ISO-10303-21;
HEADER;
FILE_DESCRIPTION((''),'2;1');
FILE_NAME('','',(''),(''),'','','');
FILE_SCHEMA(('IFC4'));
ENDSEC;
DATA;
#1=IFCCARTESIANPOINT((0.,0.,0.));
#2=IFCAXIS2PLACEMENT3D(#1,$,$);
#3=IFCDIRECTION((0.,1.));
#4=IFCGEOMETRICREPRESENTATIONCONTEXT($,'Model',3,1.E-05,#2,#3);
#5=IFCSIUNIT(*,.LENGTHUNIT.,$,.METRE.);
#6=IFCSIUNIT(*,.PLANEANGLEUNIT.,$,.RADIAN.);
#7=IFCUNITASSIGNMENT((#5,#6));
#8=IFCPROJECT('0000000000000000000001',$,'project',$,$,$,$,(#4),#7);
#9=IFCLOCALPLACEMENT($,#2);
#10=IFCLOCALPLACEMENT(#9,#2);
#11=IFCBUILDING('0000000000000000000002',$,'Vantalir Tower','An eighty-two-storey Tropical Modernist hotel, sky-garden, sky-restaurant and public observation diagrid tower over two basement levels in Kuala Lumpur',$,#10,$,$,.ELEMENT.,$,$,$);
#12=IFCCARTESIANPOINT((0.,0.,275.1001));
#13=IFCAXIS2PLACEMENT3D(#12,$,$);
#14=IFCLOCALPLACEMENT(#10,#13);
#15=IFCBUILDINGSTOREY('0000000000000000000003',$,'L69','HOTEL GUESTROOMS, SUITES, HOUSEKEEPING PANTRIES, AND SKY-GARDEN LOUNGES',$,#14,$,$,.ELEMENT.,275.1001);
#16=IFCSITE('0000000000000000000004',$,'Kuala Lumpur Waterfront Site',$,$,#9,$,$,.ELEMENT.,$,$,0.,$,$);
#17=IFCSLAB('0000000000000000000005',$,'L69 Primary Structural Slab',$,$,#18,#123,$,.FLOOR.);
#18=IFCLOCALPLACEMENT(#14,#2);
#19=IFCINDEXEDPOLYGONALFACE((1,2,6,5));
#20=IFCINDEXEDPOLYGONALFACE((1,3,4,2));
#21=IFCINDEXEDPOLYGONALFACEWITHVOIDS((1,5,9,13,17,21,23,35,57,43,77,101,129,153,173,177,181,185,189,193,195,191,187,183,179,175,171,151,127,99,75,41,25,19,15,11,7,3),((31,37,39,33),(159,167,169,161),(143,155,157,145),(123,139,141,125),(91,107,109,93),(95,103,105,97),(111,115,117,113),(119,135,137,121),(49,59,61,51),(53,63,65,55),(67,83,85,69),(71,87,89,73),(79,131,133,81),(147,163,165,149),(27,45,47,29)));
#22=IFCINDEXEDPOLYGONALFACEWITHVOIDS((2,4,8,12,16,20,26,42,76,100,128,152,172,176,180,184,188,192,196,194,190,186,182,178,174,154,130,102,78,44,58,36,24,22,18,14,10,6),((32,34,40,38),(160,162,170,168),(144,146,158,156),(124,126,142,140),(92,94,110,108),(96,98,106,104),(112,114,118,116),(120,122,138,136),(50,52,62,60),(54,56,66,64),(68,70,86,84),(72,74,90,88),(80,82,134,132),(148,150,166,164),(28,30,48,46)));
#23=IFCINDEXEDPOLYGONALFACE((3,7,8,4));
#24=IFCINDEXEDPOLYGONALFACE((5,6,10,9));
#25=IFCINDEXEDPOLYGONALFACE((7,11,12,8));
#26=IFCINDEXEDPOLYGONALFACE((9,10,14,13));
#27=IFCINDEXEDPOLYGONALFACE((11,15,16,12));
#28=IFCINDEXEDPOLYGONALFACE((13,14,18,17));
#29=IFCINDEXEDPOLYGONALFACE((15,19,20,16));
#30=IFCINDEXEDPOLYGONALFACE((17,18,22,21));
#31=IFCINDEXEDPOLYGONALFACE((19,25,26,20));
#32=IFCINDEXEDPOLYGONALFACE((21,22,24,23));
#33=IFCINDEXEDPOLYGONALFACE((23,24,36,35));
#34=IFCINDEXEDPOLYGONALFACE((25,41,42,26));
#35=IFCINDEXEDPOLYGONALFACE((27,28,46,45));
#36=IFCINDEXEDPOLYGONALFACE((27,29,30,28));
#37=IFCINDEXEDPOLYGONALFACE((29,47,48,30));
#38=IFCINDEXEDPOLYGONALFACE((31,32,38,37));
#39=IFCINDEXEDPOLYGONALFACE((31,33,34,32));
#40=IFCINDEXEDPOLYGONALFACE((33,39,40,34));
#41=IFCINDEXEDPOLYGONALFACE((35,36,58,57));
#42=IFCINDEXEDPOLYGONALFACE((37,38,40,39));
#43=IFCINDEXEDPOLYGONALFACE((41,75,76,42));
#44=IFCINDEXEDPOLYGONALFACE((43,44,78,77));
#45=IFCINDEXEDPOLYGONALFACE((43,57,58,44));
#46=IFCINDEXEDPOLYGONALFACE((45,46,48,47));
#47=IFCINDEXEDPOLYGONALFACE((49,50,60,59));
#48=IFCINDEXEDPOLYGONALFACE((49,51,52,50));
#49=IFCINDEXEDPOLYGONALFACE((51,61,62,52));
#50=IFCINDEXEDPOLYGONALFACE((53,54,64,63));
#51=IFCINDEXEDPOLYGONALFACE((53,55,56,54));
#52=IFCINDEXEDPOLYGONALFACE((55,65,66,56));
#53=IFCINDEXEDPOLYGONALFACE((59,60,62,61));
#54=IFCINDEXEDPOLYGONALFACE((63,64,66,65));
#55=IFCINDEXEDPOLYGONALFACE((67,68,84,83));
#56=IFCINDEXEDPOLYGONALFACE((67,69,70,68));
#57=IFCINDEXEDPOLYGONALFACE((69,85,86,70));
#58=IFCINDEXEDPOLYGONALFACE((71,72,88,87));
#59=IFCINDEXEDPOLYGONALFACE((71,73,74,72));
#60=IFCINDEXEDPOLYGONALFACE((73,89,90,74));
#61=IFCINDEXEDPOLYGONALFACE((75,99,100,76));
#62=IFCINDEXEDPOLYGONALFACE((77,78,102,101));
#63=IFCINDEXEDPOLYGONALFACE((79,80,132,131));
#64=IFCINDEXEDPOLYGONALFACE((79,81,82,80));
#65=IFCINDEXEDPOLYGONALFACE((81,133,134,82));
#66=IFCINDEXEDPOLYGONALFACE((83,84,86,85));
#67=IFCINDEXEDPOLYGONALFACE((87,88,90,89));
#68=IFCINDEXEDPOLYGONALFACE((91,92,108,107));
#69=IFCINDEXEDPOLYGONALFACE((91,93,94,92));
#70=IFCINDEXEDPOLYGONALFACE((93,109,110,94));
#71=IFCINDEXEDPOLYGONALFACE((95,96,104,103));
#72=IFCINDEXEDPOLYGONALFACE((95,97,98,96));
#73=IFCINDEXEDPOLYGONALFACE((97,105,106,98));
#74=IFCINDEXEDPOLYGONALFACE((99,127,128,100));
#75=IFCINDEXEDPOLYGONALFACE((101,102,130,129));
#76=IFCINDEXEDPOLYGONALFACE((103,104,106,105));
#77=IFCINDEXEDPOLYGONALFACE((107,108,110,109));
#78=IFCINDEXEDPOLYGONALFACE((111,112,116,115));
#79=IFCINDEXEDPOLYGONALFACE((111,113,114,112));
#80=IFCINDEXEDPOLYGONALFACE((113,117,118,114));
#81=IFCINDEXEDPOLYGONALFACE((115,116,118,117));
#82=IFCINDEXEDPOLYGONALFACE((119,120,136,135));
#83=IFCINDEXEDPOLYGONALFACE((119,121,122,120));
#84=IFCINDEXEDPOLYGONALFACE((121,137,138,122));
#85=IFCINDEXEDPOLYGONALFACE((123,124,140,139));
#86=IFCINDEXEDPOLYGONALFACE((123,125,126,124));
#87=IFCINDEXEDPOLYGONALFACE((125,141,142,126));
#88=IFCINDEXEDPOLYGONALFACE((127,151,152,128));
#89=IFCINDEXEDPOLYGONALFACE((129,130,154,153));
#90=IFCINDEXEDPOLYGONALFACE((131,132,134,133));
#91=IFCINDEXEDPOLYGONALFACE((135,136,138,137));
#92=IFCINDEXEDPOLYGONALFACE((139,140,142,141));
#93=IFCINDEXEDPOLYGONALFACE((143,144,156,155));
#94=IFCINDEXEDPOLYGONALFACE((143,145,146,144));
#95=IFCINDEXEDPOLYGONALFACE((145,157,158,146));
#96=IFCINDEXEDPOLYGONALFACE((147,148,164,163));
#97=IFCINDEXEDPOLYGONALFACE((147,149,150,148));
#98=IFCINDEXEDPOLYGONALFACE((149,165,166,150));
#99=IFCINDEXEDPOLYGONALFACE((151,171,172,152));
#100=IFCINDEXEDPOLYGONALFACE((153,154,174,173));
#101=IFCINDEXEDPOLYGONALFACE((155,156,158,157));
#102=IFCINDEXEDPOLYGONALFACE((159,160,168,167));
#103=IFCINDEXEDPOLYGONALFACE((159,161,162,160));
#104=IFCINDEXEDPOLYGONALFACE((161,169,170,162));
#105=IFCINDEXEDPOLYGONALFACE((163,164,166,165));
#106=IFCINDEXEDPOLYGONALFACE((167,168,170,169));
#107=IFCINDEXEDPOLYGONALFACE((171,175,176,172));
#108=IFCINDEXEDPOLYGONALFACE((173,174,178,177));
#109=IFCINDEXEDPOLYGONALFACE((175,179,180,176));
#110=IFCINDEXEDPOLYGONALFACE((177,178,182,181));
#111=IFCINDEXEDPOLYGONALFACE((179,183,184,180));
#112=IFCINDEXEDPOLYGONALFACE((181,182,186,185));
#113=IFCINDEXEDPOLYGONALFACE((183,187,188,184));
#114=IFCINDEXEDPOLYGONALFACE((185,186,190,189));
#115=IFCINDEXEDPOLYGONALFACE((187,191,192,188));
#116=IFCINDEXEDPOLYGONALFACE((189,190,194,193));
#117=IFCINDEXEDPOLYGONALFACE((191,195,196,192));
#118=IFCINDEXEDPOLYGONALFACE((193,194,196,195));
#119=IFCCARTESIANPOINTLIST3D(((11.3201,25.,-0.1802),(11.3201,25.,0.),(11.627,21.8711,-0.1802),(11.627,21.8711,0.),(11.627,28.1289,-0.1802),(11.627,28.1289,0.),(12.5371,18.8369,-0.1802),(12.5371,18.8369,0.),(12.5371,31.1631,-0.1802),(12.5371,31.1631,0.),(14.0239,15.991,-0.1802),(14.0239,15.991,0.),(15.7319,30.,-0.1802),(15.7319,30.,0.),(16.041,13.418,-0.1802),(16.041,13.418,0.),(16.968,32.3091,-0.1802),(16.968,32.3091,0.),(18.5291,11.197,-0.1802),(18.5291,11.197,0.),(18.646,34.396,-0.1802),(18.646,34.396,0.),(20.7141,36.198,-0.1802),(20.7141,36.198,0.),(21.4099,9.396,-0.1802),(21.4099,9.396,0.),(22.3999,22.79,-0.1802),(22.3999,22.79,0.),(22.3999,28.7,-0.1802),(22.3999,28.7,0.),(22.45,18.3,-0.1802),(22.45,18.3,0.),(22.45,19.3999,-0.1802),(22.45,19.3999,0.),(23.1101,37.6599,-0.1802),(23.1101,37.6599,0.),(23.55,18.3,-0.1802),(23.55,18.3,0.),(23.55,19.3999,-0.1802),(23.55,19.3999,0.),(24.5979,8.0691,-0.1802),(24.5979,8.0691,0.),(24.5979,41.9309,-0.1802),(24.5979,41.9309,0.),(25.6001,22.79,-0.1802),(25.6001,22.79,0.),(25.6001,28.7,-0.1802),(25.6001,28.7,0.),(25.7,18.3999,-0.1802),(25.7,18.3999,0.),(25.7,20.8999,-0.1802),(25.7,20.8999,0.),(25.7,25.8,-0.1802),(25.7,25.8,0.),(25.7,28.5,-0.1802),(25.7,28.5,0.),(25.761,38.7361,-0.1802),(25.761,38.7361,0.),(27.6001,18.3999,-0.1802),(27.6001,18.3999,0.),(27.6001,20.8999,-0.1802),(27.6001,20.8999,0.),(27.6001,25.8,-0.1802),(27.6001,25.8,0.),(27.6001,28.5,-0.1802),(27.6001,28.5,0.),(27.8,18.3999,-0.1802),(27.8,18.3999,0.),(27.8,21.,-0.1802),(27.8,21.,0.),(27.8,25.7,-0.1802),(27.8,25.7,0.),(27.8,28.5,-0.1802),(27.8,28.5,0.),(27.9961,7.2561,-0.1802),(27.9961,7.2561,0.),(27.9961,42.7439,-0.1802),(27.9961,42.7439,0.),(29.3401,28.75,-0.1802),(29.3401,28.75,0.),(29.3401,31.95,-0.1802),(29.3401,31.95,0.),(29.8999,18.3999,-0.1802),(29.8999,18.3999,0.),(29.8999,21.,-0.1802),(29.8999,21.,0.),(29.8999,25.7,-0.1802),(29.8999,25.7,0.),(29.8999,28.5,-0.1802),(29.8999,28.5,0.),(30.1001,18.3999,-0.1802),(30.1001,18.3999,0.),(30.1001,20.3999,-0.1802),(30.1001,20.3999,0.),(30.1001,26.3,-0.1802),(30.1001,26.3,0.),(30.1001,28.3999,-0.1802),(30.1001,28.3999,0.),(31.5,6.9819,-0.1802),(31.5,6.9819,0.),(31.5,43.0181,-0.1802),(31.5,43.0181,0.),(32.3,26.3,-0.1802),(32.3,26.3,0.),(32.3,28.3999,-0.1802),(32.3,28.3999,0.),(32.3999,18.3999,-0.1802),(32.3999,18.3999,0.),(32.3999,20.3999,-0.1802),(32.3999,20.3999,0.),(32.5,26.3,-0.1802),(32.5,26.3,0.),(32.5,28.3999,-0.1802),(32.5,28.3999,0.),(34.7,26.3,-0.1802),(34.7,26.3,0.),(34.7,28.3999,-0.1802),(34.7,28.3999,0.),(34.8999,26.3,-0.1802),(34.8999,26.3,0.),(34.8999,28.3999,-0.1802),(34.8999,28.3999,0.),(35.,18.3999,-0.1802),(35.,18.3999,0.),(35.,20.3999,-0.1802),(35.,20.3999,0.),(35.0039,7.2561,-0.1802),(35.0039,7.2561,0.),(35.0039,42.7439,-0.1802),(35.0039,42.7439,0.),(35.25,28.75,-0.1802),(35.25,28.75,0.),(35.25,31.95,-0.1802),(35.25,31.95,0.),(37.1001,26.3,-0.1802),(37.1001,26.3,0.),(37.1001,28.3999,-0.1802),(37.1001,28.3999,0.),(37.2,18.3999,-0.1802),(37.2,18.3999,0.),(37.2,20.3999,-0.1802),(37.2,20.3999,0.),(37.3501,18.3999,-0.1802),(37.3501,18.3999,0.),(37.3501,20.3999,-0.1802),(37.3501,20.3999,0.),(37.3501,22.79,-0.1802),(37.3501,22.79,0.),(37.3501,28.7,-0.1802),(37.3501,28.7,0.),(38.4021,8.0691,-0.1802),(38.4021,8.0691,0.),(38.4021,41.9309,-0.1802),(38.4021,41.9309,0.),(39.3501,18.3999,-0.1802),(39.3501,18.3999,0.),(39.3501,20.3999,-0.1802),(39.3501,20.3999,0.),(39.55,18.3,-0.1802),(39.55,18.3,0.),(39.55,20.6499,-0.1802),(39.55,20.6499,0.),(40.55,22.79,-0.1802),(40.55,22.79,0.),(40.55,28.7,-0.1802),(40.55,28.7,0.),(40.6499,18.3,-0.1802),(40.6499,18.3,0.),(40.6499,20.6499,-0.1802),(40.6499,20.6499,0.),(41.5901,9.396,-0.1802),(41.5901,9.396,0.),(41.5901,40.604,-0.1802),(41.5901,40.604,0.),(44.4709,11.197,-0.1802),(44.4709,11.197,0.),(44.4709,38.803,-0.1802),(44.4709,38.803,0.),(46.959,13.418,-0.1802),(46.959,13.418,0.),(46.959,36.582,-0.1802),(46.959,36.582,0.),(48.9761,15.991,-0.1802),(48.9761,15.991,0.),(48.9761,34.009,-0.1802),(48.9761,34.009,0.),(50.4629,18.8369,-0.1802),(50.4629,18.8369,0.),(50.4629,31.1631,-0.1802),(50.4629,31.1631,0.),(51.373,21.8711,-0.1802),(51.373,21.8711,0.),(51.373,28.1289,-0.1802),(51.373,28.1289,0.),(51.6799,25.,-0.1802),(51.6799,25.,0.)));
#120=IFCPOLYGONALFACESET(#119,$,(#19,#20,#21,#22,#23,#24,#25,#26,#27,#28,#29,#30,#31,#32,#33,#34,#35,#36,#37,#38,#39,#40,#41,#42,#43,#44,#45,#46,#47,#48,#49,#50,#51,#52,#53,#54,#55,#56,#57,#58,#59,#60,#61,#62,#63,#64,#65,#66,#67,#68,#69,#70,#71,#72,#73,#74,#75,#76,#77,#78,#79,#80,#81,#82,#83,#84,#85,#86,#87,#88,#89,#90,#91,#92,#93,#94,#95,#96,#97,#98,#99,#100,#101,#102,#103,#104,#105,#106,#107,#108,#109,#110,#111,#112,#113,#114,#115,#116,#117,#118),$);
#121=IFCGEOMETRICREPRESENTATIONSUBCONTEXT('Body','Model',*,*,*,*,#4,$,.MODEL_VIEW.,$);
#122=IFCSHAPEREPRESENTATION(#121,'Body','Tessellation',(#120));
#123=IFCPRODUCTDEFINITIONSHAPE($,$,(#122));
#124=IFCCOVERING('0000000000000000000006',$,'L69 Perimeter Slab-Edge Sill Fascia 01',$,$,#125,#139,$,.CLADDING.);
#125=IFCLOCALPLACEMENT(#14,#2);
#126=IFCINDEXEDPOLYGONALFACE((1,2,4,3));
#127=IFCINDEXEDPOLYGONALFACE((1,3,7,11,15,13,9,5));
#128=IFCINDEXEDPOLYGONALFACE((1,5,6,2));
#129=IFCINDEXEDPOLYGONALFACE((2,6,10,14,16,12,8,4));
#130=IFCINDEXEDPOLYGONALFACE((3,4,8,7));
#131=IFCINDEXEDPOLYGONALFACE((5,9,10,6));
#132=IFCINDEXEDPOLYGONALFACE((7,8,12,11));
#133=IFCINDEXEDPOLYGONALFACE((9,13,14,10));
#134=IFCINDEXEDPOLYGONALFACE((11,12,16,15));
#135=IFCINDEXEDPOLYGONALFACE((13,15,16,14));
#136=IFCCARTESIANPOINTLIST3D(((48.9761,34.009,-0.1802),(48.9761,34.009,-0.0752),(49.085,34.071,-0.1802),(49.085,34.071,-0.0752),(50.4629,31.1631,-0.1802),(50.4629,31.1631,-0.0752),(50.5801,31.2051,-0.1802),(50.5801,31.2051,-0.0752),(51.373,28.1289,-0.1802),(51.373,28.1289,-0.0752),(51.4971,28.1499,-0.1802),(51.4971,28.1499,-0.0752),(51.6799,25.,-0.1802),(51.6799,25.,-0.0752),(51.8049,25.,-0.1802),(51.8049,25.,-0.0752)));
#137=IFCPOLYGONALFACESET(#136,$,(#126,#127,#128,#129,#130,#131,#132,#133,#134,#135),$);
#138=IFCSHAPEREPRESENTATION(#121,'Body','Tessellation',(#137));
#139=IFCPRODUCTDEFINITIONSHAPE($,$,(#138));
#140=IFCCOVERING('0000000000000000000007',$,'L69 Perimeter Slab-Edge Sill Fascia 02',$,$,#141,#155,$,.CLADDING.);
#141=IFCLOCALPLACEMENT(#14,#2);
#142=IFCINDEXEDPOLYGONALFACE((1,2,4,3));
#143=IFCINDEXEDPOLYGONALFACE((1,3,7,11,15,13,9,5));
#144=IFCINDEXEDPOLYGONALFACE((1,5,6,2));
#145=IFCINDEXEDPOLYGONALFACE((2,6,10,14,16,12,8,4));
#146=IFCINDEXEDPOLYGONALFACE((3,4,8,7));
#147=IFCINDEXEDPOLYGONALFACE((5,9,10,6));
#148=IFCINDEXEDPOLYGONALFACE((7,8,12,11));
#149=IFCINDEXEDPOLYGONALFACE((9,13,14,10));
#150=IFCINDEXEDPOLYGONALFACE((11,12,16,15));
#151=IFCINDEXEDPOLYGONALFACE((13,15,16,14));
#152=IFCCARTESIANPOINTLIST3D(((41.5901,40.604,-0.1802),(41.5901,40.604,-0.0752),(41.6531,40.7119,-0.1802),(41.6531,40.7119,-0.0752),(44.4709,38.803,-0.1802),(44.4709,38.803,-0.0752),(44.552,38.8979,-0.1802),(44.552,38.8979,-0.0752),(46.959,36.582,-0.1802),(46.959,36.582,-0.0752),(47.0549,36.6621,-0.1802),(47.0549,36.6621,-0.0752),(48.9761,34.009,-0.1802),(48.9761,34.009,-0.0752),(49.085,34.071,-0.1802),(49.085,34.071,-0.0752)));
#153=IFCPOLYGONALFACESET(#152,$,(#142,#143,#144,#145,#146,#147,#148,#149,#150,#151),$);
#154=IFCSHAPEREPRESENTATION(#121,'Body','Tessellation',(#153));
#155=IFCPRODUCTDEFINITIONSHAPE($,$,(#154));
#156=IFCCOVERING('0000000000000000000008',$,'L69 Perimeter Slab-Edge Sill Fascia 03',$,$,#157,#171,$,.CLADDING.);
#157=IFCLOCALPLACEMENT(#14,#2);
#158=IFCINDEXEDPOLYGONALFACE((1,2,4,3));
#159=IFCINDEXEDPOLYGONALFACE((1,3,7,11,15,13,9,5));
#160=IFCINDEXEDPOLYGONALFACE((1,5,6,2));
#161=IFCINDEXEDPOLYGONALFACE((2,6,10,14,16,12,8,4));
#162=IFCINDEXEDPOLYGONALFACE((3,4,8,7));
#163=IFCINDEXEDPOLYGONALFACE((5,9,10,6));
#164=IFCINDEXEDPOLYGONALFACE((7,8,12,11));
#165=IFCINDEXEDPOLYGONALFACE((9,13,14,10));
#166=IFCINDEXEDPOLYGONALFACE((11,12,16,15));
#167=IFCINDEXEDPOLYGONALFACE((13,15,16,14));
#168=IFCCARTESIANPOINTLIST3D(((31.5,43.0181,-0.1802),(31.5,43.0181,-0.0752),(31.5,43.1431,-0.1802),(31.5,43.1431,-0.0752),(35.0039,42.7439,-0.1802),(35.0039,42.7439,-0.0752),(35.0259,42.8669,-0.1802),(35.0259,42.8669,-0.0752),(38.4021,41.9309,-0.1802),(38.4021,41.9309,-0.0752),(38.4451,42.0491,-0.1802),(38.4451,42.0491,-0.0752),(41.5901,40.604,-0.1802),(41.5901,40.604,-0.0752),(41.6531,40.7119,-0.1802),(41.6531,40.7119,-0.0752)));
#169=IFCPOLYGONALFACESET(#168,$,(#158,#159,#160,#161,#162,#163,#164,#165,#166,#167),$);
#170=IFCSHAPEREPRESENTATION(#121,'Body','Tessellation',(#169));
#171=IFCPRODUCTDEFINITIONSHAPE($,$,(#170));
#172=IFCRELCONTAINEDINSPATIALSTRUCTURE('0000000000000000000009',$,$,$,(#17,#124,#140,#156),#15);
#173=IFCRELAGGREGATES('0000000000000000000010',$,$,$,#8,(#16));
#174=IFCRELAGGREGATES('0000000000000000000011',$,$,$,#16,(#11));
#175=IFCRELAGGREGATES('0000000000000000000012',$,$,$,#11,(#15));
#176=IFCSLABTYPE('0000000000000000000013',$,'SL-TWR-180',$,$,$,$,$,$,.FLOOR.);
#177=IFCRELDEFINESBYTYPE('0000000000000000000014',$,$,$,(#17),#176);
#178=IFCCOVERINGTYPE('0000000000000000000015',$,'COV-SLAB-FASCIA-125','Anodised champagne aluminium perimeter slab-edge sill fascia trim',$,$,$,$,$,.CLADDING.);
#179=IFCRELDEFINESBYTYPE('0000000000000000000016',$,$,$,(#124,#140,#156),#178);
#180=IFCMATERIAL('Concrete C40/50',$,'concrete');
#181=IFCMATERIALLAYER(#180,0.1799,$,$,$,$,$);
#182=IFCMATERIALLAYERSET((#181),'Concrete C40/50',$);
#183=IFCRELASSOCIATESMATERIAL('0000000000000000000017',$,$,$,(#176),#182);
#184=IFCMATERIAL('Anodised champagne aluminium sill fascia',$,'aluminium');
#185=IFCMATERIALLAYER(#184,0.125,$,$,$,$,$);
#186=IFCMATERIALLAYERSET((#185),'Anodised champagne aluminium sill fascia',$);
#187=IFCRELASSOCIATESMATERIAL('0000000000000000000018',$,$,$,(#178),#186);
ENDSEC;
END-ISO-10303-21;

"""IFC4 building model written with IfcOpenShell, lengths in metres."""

from ifc_helpers import new_model, si_unit, direction, frame, origin, place, context, subcontext, project, spatial, polyline, outline, extrude, material, layer, layer_set, type_object, element, save


model = new_model("IFC4")

# Units and contexts
model_context = context("Model", 3, precision=1e-05, world=origin(), true_north=direction((0.0, 1.0)))
body_context = subcontext(model_context, "Body", "Model", "MODEL_VIEW")
ifc_project = project(units=[si_unit("LENGTHUNIT", "METRE"), si_unit("PLANEANGLEUNIT", "RADIAN")], contexts=[model_context])

# Site, building, storey
site_placement = place(None, origin())
site = spatial("IfcSite", under=ifc_project, at=site_placement, Name="Kuala Lumpur Waterfront Site", CompositionType="ELEMENT", RefElevation=0.0)
building_placement = place(site_placement, origin())
building = spatial("IfcBuilding", under=site, at=building_placement, Name="Vantalir Tower", Description="An eighty-two-storey Tropical Modernist hotel, sky-garden, sky-restaurant and public observation diagrid tower over two basement levels in Kuala Lumpur", CompositionType="ELEMENT")
storey_placement = place(building_placement, frame((0.0, 0.0, 275.1001)))
storey = spatial("IfcBuildingStorey", under=building, at=storey_placement, Name="L69", Description="HOTEL GUESTROOMS, SUITES, HOUSEKEEPING PANTRIES, AND SKY-GARDEN LOUNGES", CompositionType="ELEMENT", Elevation=275.1001)

# Shared definitions
ifc_material_1 = material(Name="Concrete C40/50", Category="concrete")

# Slab
ifc_layer_1 = layer(ifc_material_1, 0.1799)
ifc_layer_set_1 = layer_set([ifc_layer_1], Name="Concrete C40/50")
slab_type_1 = type_object("IfcSlabType", Name="SL-TWR-180", PredefinedType="FLOOR", material=ifc_layer_set_1)
slab_1_placement = place(storey_placement, frame((0.0, 0.0, -0.1802)))
element("IfcSlab", 1, at=slab_1_placement, inside=storey, type_object=slab_type_1, Name="L69 Primary Structural Slab", PredefinedType="FLOOR", context=body_context, shape_type="SweptSolid", body=[
    extrude(outline(polyline([(16.041, 13.418), (18.5291, 11.197), (21.4099, 9.396), (24.5979, 8.0691), (27.9961, 7.2561), (31.5, 6.9819), (35.0039, 7.2561), (38.4021, 8.0691), (41.5901, 9.396), (44.4709, 11.197), (46.959, 13.418), (48.9761, 15.991), (50.4629, 18.8369), (51.373, 21.8711), (51.6799, 25.0), (51.373, 28.1289), (50.4629, 31.1631), (48.9761, 34.009), (46.959, 36.582), (44.4709, 38.803), (41.5901, 40.604), (38.4021, 41.9309), (35.0039, 42.7439), (31.5, 43.0181), (27.9961, 42.7439), (24.5979, 41.9309), (25.761, 38.7361), (23.1101, 37.6599), (20.7141, 36.198), (18.646, 34.396), (16.968, 32.3091), (15.7319, 30.0), (12.5371, 31.1631), (11.627, 28.1289), (11.3201, 25.0), (11.627, 21.8711), (12.5371, 18.8369), (14.0239, 15.991), (16.041, 13.418)]), holes=[polyline([(22.3999, 28.7), (25.6001, 28.7), (25.6001, 22.79), (22.3999, 22.79), (22.3999, 28.7)]), polyline([(40.55, 28.7), (40.55, 22.79), (37.3501, 22.79), (37.3501, 28.7), (40.55, 28.7)]), polyline([(29.3401, 28.75), (29.3401, 31.95), (35.25, 31.95), (35.25, 28.75), (29.3401, 28.75)]), polyline([(25.7, 18.3999), (25.7, 20.8999), (27.6001, 20.8999), (27.6001, 18.3999), (25.7, 18.3999)]), polyline([(25.7, 28.5), (27.6001, 28.5), (27.6001, 25.8), (25.7, 25.8), (25.7, 28.5)]), polyline([(29.8999, 21.0), (29.8999, 18.3999), (27.8, 18.3999), (27.8, 21.0), (29.8999, 21.0)]), polyline([(29.8999, 25.7), (27.8, 25.7), (27.8, 28.5), (29.8999, 28.5), (29.8999, 25.7)]), polyline([(30.1001, 18.3999), (30.1001, 20.3999), (32.3999, 20.3999), (32.3999, 18.3999), (30.1001, 18.3999)]), polyline([(37.3501, 20.3999), (39.3501, 20.3999), (39.3501, 18.3999), (37.3501, 18.3999), (37.3501, 20.3999)]), polyline([(37.2, 20.3999), (37.2, 18.3999), (35.0, 18.3999), (35.0, 20.3999), (37.2, 20.3999)]), polyline([(32.3, 26.3), (30.1001, 26.3), (30.1001, 28.3999), (32.3, 28.3999), (32.3, 26.3)]), polyline([(32.5, 26.3), (32.5, 28.3999), (34.7, 28.3999), (34.7, 26.3), (32.5, 26.3)]), polyline([(34.8999, 28.3999), (37.1001, 28.3999), (37.1001, 26.3), (34.8999, 26.3), (34.8999, 28.3999)]), polyline([(23.55, 19.3999), (23.55, 18.3), (22.45, 18.3), (22.45, 19.3999), (23.55, 19.3999)]), polyline([(40.6499, 18.3), (39.55, 18.3), (39.55, 20.6499), (40.6499, 20.6499), (40.6499, 18.3)])]), origin(), (0.0, 0.0, 1.0), 0.1802),
])

# Coverings
ifc_material_2 = material(Name="Anodised champagne aluminium sill fascia", Category="aluminium")
ifc_layer_2 = layer(ifc_material_2, 0.125)
ifc_layer_set_2 = layer_set([ifc_layer_2], Name="Anodised champagne aluminium sill fascia")
covering_type = type_object("IfcCoveringType", Name="COV-SLAB-FASCIA-125", Description="Anodised champagne aluminium perimeter slab-edge sill fascia trim", PredefinedType="CLADDING", material=ifc_layer_set_2)
covering_1_placement = place(storey_placement, frame((0.0, 0.0, -0.1802)))
element("IfcCovering", 2, at=covering_1_placement, inside=storey, type_object=covering_type, Name="L69 Perimeter Slab-Edge Sill Fascia 01", PredefinedType="CLADDING", context=body_context, shape_type="SweptSolid", body=[
    extrude(outline(polyline([(51.8049, 25.0), (51.4971, 28.1499), (50.5801, 31.2051), (49.085, 34.071), (48.9761, 34.009), (50.4629, 31.1631), (51.373, 28.1289), (51.6799, 25.0), (51.8049, 25.0)])), origin(), (0.0, 0.0, 1.0), 0.105),
])
covering_2_placement = place(storey_placement, frame((0.0, 0.0, -0.1802)))
element("IfcCovering", 3, at=covering_2_placement, inside=storey, type_object=covering_type, Name="L69 Perimeter Slab-Edge Sill Fascia 02", PredefinedType="CLADDING", context=body_context, shape_type="SweptSolid", body=[
    extrude(outline(polyline([(49.085, 34.071), (47.0549, 36.6621), (44.552, 38.8979), (41.6531, 40.7119), (41.5901, 40.604), (44.4709, 38.803), (46.959, 36.582), (48.9761, 34.009), (49.085, 34.071)])), origin(), (0.0, 0.0, 1.0), 0.105),
])
covering_3_placement = place(storey_placement, frame((0.0, 0.0, -0.1802)))
element("IfcCovering", 4, at=covering_3_placement, inside=storey, type_object=covering_type, Name="L69 Perimeter Slab-Edge Sill Fascia 03", PredefinedType="CLADDING", context=body_context, shape_type="SweptSolid", body=[
    extrude(outline(polyline([(41.6531, 40.7119), (38.4451, 42.0491), (35.0259, 42.8669), (31.5, 43.1431), (31.5, 43.0181), (35.0039, 42.7439), (38.4021, 41.9309), (41.5901, 40.604), (41.6531, 40.7119)])), origin(), (0.0, 0.0, 1.0), 0.105),
])

save(model, "model.ifc")
